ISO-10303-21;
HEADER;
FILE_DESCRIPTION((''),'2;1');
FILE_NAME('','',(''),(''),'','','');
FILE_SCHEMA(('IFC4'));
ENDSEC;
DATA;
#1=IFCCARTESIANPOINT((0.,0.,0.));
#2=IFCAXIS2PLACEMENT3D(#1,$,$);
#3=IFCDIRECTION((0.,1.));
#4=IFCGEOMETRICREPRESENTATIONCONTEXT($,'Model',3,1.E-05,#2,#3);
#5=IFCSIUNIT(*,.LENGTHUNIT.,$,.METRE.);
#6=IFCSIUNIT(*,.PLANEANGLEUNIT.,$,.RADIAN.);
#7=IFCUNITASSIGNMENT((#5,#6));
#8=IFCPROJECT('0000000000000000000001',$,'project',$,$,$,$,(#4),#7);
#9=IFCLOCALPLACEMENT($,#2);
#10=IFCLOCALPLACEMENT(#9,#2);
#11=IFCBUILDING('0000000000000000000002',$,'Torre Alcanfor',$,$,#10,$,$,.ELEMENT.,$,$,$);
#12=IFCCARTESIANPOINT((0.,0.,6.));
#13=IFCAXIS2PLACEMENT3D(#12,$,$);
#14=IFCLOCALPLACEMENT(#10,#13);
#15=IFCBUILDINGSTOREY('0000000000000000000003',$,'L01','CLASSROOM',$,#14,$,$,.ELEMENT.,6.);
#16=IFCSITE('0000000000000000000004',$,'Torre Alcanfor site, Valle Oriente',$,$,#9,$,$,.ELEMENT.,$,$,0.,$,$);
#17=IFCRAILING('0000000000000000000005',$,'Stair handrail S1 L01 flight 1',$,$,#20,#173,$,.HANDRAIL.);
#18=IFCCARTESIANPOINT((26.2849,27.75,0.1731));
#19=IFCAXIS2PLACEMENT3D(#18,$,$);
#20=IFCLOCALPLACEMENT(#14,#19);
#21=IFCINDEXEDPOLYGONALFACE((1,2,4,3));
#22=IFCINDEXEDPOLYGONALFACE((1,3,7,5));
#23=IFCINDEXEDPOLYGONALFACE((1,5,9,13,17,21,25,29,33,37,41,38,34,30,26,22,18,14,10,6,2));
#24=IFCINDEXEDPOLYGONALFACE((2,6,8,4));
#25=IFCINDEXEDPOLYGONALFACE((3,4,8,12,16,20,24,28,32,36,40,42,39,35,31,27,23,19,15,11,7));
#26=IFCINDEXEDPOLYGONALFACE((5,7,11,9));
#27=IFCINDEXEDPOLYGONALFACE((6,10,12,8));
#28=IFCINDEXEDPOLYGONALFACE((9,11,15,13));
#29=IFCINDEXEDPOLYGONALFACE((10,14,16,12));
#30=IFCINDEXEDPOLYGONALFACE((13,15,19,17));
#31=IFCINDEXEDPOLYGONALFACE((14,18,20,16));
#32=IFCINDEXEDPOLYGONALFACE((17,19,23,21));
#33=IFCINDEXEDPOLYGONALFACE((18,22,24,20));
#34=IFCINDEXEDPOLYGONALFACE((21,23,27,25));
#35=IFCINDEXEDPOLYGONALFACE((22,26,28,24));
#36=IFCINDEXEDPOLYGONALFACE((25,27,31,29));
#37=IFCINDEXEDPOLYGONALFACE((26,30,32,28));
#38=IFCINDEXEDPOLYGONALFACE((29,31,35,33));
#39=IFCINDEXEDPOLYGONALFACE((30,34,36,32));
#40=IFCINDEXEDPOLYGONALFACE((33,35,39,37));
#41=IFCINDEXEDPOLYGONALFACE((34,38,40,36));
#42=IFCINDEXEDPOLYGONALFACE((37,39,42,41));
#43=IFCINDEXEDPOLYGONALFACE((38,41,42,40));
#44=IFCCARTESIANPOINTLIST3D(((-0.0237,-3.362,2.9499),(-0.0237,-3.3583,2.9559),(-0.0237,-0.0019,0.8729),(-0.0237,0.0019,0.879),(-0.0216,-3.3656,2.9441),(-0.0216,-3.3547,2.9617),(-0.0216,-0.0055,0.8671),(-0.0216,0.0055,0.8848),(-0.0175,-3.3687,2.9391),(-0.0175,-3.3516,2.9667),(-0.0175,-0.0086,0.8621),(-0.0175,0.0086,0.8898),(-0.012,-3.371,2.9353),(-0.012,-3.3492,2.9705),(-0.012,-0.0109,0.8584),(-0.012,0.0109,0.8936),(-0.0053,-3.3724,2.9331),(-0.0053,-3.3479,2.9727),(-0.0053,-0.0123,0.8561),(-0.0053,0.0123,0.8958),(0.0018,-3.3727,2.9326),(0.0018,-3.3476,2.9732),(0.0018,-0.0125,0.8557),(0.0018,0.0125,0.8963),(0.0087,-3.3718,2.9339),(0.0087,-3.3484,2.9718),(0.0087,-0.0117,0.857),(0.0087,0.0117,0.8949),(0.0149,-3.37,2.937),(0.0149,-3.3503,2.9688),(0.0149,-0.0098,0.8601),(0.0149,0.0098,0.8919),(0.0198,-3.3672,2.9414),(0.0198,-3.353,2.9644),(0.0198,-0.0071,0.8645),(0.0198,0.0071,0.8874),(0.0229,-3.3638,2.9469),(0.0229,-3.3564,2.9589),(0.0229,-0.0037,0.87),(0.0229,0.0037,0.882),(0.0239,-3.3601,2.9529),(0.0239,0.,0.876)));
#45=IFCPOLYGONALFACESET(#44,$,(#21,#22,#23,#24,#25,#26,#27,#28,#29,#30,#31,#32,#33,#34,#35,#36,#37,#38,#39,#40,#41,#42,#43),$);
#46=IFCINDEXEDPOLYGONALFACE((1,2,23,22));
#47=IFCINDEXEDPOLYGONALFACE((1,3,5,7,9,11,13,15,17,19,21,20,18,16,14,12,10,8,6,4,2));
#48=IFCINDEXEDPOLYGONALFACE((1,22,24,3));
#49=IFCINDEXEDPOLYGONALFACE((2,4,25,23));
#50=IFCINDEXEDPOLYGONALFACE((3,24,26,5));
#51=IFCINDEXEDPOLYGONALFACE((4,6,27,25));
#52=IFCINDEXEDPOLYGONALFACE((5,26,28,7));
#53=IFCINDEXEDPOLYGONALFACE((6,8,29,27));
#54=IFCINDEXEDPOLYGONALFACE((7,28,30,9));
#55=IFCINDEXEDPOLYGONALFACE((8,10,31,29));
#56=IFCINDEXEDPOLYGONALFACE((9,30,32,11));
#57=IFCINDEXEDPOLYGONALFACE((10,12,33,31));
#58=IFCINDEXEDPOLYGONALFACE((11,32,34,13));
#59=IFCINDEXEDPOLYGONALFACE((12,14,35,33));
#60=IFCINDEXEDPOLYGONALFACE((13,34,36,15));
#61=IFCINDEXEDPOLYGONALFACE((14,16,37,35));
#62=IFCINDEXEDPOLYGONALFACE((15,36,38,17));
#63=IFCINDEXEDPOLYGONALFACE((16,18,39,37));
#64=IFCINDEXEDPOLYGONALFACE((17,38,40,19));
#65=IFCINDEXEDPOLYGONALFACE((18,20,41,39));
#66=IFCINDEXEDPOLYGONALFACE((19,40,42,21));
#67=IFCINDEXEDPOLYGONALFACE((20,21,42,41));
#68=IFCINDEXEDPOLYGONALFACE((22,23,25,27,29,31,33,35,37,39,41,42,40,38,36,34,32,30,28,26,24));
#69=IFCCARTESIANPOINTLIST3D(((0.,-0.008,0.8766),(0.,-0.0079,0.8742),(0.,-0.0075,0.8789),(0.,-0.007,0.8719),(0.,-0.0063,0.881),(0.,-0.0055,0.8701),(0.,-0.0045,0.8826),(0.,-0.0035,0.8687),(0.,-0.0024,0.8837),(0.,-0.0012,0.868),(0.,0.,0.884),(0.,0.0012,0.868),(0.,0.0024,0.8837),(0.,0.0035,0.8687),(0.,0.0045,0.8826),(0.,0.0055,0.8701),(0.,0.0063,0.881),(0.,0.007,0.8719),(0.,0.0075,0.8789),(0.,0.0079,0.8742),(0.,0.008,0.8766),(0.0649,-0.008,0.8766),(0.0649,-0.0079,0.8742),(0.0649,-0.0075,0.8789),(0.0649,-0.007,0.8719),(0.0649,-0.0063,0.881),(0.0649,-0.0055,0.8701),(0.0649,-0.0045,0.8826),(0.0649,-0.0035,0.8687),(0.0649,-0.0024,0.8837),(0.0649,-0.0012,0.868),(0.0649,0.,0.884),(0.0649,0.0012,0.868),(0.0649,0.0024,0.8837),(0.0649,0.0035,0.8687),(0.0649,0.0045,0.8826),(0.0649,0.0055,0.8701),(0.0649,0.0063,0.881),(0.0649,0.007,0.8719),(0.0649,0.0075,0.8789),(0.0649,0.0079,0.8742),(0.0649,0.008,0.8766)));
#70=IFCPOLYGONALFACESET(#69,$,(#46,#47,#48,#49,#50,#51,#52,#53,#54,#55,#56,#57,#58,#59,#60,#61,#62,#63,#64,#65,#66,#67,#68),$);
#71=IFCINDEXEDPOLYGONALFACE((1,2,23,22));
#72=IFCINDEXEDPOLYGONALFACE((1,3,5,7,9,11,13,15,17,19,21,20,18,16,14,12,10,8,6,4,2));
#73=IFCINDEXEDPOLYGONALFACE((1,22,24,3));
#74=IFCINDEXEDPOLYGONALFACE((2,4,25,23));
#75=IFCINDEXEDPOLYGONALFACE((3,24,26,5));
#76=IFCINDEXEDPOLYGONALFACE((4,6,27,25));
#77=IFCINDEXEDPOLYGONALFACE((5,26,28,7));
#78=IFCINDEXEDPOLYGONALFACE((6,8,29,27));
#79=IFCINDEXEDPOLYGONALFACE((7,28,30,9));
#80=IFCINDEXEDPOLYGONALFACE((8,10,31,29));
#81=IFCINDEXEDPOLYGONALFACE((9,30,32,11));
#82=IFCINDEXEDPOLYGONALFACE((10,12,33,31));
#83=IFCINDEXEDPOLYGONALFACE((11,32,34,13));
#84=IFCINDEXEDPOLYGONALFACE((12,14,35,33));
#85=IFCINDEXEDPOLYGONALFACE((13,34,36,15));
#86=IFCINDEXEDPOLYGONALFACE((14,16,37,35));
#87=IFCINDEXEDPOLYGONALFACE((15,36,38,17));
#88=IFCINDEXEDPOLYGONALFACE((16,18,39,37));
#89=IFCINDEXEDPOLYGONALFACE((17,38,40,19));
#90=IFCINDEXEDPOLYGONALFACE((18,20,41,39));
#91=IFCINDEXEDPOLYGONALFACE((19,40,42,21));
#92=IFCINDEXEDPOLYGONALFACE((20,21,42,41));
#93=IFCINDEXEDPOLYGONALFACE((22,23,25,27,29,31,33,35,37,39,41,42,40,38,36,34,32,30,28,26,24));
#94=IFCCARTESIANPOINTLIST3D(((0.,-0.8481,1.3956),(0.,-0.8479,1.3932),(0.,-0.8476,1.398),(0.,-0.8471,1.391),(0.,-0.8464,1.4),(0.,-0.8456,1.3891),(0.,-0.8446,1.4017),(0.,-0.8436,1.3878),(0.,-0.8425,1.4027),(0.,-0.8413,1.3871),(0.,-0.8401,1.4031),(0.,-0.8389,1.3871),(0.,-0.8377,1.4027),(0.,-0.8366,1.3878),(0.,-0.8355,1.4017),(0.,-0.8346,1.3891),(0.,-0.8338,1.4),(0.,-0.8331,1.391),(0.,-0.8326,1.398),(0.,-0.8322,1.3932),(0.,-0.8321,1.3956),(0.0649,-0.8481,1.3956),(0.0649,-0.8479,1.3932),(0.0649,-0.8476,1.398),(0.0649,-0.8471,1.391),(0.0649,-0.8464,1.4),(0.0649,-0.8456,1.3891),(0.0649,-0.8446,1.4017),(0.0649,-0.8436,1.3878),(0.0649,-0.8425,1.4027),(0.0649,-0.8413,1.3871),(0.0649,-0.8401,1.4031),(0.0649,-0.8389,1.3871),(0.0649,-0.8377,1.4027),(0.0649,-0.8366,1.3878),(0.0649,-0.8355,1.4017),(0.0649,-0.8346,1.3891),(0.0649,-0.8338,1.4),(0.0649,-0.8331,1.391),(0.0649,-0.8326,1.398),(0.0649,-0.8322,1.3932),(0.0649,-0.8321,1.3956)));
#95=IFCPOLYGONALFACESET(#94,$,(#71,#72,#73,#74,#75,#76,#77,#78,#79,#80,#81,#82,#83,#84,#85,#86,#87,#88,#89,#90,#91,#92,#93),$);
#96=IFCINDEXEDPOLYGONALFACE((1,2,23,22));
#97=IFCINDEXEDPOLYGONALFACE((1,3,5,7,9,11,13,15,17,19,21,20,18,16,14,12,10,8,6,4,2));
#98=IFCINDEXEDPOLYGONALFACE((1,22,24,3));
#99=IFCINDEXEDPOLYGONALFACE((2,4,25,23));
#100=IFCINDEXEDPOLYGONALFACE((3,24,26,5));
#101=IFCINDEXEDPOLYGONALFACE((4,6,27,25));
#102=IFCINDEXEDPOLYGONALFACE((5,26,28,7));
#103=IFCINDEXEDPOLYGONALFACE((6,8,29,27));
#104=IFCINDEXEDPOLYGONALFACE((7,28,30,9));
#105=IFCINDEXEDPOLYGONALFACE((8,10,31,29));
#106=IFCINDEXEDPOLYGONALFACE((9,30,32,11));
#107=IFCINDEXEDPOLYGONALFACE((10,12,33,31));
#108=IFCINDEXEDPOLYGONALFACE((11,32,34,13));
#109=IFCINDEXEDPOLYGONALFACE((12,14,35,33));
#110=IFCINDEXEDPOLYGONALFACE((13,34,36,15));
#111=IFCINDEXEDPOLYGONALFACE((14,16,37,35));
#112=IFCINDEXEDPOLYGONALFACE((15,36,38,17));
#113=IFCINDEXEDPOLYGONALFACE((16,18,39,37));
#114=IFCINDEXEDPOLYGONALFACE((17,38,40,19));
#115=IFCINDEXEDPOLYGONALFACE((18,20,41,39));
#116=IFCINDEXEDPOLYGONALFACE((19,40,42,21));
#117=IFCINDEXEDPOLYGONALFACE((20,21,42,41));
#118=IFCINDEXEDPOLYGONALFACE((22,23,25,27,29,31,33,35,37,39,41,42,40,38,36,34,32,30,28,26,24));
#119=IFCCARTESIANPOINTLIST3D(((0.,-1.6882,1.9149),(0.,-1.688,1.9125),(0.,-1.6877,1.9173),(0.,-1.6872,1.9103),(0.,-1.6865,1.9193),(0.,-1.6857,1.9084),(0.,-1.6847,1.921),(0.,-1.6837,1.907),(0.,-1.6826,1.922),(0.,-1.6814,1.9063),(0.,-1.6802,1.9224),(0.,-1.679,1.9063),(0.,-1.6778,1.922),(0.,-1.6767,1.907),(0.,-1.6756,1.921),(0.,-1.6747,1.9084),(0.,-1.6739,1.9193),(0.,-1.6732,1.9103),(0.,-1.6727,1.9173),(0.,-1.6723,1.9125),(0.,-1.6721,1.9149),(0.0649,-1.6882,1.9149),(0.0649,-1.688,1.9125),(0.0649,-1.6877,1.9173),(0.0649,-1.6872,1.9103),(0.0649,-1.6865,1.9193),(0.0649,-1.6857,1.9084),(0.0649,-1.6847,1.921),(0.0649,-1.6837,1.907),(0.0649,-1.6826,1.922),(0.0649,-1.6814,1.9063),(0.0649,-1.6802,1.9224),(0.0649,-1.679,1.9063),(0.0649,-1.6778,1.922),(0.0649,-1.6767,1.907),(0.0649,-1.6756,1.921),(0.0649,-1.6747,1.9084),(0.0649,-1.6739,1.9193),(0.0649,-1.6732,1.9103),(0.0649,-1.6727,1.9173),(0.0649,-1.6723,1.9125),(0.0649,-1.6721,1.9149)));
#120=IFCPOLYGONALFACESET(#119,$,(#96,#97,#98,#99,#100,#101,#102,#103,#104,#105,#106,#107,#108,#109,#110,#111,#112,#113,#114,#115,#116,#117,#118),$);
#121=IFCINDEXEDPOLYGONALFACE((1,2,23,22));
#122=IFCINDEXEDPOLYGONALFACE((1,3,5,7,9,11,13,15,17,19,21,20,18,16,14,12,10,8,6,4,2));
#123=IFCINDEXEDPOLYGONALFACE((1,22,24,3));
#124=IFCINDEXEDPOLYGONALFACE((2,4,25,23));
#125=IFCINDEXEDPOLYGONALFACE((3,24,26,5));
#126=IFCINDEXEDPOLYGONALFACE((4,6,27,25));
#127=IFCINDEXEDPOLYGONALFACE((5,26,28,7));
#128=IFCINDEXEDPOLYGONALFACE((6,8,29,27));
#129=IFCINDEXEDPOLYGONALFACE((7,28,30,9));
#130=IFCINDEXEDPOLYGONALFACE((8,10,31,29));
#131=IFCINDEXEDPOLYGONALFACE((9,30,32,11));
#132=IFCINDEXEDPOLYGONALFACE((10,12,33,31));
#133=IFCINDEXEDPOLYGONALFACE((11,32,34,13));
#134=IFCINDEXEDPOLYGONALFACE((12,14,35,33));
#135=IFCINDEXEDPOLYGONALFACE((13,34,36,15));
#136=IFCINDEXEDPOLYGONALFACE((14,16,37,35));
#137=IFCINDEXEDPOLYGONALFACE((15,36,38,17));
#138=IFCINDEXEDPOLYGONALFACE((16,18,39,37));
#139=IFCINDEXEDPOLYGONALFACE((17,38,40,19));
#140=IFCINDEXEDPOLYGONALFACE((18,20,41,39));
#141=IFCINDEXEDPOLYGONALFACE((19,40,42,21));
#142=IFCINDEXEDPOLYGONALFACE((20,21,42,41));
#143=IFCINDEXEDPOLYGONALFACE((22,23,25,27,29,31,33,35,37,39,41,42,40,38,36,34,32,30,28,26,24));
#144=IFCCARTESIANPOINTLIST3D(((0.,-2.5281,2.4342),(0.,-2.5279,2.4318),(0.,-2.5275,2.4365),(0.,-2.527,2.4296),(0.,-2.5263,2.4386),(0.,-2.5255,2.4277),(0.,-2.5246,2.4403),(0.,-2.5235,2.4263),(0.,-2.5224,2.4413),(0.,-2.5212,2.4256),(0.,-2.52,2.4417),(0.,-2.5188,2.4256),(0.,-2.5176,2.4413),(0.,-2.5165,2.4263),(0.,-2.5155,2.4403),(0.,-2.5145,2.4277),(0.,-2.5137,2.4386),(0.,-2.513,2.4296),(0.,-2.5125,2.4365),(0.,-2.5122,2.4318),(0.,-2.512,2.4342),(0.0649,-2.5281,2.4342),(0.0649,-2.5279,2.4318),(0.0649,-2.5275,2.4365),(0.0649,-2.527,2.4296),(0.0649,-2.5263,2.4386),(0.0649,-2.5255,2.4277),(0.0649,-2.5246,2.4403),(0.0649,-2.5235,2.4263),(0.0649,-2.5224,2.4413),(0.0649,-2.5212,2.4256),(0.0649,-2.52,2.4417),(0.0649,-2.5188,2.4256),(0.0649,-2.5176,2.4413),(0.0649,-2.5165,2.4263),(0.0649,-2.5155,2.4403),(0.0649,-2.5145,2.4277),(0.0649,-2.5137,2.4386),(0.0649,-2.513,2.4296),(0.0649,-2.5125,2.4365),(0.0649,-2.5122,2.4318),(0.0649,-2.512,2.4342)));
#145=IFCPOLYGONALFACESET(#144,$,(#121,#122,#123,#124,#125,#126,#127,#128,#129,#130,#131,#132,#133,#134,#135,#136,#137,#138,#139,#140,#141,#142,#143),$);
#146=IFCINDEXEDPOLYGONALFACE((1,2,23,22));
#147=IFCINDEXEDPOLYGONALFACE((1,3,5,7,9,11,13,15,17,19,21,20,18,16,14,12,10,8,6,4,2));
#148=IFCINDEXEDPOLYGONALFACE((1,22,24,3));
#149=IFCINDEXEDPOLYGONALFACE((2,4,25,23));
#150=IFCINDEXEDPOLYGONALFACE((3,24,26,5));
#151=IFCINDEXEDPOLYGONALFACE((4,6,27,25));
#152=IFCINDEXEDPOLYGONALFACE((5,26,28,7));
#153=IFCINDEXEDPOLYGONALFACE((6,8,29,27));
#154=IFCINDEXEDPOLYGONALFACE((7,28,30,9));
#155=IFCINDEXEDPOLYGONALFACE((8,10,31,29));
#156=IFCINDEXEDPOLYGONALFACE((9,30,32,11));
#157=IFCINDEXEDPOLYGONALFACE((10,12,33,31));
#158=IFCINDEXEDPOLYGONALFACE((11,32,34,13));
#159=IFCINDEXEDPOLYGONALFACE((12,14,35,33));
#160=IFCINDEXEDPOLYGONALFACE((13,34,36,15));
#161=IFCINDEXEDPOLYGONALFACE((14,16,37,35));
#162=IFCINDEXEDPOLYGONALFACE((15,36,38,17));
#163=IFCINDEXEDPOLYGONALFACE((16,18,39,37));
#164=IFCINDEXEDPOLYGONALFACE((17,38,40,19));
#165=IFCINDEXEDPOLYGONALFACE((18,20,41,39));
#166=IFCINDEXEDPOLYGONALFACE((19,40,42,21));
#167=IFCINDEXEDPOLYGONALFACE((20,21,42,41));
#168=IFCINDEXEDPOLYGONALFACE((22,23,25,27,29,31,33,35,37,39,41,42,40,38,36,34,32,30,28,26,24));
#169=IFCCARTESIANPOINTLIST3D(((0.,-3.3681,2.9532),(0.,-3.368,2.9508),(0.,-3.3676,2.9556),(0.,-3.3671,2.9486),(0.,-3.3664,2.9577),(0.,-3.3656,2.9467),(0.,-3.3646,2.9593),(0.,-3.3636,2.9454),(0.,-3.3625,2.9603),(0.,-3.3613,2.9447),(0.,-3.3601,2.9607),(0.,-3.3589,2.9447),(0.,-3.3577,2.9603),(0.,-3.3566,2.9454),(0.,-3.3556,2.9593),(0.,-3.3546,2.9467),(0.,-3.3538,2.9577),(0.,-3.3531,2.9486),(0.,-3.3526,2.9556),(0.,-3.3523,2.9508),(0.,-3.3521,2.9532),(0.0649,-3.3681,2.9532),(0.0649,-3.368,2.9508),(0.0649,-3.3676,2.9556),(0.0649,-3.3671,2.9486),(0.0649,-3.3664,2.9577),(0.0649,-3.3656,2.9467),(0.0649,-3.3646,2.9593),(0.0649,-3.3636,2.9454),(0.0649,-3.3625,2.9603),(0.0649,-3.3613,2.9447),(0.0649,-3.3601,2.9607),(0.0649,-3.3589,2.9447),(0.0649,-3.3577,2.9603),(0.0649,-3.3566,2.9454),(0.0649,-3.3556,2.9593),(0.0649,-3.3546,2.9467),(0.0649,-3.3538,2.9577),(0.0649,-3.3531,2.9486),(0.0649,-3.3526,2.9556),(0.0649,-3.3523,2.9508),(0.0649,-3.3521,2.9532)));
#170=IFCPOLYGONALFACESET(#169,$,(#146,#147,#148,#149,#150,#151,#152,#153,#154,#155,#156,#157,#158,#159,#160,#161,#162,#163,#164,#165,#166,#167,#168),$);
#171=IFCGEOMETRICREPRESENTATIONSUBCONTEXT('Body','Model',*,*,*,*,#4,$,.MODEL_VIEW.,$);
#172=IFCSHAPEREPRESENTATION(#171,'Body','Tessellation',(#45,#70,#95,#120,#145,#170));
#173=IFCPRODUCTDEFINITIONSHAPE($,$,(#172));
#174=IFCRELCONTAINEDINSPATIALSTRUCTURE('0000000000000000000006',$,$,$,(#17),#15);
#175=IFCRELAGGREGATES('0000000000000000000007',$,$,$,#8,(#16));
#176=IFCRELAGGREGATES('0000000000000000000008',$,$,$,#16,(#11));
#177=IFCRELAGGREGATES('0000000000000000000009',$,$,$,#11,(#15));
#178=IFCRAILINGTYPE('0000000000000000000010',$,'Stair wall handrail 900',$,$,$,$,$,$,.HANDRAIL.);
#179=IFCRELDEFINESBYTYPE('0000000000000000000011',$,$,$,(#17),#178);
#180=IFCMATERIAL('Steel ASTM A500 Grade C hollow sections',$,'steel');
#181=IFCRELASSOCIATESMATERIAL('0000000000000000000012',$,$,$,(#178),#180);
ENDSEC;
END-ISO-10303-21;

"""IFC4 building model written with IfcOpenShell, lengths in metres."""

from ifc_helpers import new_model, si_unit, direction, frame, origin, origin_2d, place, context, subcontext, project, spatial, circle, extrude, material, type_object, element, save


model = new_model("IFC4")

# Units and contexts
model_context = context("Model", 3, precision=1e-05, world=origin(), true_north=direction((0.0, 1.0)))
body_context = subcontext(model_context, "Body", "Model", "MODEL_VIEW")
ifc_project = project(units=[si_unit("LENGTHUNIT", "METRE"), si_unit("PLANEANGLEUNIT", "RADIAN")], contexts=[model_context])

# Site, building, storey
site_placement = place(None, origin())
site = spatial("IfcSite", under=ifc_project, at=site_placement, Name="Torre Alcanfor site, Valle Oriente", CompositionType="ELEMENT", RefElevation=0.0)
building_placement = place(site_placement, origin())
building = spatial("IfcBuilding", under=site, at=building_placement, Name="Torre Alcanfor", CompositionType="ELEMENT")
storey_placement = place(building_placement, frame((0.0, 0.0, 6.0)))
storey = spatial("IfcBuildingStorey", under=building, at=storey_placement, Name="L01", Description="CLASSROOM", CompositionType="ELEMENT", Elevation=6.0)

# Railing
ifc_material_1 = material(Name="Steel ASTM A500 Grade C hollow sections", Category="steel")
railing_type = type_object("IfcRailingType", Name="Stair wall handrail 900", PredefinedType="HANDRAIL", material=ifc_material_1)
railing_placement = place(storey_placement, frame((26.2849, 27.75, 0.1731)))
element("IfcRailing", 1, at=railing_placement, inside=storey, type_object=railing_type, Name="Stair handrail S1 L01 flight 1", PredefinedType="HANDRAIL", context=body_context, shape_type="SweptSolid", body=[
    extrude(circle(Radius=0.0239, at=origin_2d()), frame((0.0, 0.0, 0.876), z_axis=(0.0, -0.850623, 0.525776), x_axis=(1.0, 0.0, 0.0)), (0.0, 0.0, 1.0), 3.9502),
    extrude(circle(Radius=0.0081, at=origin_2d()), frame((0.0, 0.0, 0.876), z_axis=(1.0, 0.0, 0.0), x_axis=(0.0, 0.0, 1.0)), (0.0, 0.0, 1.0), 0.0649),
    extrude(circle(Radius=0.0081, at=origin_2d()), frame((0.0, -0.8401, 1.395), z_axis=(1.0, 0.0, 0.0), x_axis=(0.0, 0.0, 1.0)), (0.0, 0.0, 1.0), 0.0649),
    extrude(circle(Radius=0.0081, at=origin_2d()), frame((0.0, -1.6802, 1.9143), z_axis=(1.0, 0.0, 0.0), x_axis=(0.0, 0.0, 1.0)), (0.0, 0.0, 1.0), 0.0649),
    extrude(circle(Radius=0.0081, at=origin_2d()), frame((0.0, -2.52, 2.4336), z_axis=(1.0, 0.0, 0.0), x_axis=(0.0, 0.0, 1.0)), (0.0, 0.0, 1.0), 0.0649),
    extrude(circle(Radius=0.0081, at=origin_2d()), frame((0.0, -3.3601, 2.9526), z_axis=(1.0, 0.0, 0.0), x_axis=(0.0, 0.0, 1.0)), (0.0, 0.0, 1.0), 0.0649),
])

save(model, "model.ifc")
